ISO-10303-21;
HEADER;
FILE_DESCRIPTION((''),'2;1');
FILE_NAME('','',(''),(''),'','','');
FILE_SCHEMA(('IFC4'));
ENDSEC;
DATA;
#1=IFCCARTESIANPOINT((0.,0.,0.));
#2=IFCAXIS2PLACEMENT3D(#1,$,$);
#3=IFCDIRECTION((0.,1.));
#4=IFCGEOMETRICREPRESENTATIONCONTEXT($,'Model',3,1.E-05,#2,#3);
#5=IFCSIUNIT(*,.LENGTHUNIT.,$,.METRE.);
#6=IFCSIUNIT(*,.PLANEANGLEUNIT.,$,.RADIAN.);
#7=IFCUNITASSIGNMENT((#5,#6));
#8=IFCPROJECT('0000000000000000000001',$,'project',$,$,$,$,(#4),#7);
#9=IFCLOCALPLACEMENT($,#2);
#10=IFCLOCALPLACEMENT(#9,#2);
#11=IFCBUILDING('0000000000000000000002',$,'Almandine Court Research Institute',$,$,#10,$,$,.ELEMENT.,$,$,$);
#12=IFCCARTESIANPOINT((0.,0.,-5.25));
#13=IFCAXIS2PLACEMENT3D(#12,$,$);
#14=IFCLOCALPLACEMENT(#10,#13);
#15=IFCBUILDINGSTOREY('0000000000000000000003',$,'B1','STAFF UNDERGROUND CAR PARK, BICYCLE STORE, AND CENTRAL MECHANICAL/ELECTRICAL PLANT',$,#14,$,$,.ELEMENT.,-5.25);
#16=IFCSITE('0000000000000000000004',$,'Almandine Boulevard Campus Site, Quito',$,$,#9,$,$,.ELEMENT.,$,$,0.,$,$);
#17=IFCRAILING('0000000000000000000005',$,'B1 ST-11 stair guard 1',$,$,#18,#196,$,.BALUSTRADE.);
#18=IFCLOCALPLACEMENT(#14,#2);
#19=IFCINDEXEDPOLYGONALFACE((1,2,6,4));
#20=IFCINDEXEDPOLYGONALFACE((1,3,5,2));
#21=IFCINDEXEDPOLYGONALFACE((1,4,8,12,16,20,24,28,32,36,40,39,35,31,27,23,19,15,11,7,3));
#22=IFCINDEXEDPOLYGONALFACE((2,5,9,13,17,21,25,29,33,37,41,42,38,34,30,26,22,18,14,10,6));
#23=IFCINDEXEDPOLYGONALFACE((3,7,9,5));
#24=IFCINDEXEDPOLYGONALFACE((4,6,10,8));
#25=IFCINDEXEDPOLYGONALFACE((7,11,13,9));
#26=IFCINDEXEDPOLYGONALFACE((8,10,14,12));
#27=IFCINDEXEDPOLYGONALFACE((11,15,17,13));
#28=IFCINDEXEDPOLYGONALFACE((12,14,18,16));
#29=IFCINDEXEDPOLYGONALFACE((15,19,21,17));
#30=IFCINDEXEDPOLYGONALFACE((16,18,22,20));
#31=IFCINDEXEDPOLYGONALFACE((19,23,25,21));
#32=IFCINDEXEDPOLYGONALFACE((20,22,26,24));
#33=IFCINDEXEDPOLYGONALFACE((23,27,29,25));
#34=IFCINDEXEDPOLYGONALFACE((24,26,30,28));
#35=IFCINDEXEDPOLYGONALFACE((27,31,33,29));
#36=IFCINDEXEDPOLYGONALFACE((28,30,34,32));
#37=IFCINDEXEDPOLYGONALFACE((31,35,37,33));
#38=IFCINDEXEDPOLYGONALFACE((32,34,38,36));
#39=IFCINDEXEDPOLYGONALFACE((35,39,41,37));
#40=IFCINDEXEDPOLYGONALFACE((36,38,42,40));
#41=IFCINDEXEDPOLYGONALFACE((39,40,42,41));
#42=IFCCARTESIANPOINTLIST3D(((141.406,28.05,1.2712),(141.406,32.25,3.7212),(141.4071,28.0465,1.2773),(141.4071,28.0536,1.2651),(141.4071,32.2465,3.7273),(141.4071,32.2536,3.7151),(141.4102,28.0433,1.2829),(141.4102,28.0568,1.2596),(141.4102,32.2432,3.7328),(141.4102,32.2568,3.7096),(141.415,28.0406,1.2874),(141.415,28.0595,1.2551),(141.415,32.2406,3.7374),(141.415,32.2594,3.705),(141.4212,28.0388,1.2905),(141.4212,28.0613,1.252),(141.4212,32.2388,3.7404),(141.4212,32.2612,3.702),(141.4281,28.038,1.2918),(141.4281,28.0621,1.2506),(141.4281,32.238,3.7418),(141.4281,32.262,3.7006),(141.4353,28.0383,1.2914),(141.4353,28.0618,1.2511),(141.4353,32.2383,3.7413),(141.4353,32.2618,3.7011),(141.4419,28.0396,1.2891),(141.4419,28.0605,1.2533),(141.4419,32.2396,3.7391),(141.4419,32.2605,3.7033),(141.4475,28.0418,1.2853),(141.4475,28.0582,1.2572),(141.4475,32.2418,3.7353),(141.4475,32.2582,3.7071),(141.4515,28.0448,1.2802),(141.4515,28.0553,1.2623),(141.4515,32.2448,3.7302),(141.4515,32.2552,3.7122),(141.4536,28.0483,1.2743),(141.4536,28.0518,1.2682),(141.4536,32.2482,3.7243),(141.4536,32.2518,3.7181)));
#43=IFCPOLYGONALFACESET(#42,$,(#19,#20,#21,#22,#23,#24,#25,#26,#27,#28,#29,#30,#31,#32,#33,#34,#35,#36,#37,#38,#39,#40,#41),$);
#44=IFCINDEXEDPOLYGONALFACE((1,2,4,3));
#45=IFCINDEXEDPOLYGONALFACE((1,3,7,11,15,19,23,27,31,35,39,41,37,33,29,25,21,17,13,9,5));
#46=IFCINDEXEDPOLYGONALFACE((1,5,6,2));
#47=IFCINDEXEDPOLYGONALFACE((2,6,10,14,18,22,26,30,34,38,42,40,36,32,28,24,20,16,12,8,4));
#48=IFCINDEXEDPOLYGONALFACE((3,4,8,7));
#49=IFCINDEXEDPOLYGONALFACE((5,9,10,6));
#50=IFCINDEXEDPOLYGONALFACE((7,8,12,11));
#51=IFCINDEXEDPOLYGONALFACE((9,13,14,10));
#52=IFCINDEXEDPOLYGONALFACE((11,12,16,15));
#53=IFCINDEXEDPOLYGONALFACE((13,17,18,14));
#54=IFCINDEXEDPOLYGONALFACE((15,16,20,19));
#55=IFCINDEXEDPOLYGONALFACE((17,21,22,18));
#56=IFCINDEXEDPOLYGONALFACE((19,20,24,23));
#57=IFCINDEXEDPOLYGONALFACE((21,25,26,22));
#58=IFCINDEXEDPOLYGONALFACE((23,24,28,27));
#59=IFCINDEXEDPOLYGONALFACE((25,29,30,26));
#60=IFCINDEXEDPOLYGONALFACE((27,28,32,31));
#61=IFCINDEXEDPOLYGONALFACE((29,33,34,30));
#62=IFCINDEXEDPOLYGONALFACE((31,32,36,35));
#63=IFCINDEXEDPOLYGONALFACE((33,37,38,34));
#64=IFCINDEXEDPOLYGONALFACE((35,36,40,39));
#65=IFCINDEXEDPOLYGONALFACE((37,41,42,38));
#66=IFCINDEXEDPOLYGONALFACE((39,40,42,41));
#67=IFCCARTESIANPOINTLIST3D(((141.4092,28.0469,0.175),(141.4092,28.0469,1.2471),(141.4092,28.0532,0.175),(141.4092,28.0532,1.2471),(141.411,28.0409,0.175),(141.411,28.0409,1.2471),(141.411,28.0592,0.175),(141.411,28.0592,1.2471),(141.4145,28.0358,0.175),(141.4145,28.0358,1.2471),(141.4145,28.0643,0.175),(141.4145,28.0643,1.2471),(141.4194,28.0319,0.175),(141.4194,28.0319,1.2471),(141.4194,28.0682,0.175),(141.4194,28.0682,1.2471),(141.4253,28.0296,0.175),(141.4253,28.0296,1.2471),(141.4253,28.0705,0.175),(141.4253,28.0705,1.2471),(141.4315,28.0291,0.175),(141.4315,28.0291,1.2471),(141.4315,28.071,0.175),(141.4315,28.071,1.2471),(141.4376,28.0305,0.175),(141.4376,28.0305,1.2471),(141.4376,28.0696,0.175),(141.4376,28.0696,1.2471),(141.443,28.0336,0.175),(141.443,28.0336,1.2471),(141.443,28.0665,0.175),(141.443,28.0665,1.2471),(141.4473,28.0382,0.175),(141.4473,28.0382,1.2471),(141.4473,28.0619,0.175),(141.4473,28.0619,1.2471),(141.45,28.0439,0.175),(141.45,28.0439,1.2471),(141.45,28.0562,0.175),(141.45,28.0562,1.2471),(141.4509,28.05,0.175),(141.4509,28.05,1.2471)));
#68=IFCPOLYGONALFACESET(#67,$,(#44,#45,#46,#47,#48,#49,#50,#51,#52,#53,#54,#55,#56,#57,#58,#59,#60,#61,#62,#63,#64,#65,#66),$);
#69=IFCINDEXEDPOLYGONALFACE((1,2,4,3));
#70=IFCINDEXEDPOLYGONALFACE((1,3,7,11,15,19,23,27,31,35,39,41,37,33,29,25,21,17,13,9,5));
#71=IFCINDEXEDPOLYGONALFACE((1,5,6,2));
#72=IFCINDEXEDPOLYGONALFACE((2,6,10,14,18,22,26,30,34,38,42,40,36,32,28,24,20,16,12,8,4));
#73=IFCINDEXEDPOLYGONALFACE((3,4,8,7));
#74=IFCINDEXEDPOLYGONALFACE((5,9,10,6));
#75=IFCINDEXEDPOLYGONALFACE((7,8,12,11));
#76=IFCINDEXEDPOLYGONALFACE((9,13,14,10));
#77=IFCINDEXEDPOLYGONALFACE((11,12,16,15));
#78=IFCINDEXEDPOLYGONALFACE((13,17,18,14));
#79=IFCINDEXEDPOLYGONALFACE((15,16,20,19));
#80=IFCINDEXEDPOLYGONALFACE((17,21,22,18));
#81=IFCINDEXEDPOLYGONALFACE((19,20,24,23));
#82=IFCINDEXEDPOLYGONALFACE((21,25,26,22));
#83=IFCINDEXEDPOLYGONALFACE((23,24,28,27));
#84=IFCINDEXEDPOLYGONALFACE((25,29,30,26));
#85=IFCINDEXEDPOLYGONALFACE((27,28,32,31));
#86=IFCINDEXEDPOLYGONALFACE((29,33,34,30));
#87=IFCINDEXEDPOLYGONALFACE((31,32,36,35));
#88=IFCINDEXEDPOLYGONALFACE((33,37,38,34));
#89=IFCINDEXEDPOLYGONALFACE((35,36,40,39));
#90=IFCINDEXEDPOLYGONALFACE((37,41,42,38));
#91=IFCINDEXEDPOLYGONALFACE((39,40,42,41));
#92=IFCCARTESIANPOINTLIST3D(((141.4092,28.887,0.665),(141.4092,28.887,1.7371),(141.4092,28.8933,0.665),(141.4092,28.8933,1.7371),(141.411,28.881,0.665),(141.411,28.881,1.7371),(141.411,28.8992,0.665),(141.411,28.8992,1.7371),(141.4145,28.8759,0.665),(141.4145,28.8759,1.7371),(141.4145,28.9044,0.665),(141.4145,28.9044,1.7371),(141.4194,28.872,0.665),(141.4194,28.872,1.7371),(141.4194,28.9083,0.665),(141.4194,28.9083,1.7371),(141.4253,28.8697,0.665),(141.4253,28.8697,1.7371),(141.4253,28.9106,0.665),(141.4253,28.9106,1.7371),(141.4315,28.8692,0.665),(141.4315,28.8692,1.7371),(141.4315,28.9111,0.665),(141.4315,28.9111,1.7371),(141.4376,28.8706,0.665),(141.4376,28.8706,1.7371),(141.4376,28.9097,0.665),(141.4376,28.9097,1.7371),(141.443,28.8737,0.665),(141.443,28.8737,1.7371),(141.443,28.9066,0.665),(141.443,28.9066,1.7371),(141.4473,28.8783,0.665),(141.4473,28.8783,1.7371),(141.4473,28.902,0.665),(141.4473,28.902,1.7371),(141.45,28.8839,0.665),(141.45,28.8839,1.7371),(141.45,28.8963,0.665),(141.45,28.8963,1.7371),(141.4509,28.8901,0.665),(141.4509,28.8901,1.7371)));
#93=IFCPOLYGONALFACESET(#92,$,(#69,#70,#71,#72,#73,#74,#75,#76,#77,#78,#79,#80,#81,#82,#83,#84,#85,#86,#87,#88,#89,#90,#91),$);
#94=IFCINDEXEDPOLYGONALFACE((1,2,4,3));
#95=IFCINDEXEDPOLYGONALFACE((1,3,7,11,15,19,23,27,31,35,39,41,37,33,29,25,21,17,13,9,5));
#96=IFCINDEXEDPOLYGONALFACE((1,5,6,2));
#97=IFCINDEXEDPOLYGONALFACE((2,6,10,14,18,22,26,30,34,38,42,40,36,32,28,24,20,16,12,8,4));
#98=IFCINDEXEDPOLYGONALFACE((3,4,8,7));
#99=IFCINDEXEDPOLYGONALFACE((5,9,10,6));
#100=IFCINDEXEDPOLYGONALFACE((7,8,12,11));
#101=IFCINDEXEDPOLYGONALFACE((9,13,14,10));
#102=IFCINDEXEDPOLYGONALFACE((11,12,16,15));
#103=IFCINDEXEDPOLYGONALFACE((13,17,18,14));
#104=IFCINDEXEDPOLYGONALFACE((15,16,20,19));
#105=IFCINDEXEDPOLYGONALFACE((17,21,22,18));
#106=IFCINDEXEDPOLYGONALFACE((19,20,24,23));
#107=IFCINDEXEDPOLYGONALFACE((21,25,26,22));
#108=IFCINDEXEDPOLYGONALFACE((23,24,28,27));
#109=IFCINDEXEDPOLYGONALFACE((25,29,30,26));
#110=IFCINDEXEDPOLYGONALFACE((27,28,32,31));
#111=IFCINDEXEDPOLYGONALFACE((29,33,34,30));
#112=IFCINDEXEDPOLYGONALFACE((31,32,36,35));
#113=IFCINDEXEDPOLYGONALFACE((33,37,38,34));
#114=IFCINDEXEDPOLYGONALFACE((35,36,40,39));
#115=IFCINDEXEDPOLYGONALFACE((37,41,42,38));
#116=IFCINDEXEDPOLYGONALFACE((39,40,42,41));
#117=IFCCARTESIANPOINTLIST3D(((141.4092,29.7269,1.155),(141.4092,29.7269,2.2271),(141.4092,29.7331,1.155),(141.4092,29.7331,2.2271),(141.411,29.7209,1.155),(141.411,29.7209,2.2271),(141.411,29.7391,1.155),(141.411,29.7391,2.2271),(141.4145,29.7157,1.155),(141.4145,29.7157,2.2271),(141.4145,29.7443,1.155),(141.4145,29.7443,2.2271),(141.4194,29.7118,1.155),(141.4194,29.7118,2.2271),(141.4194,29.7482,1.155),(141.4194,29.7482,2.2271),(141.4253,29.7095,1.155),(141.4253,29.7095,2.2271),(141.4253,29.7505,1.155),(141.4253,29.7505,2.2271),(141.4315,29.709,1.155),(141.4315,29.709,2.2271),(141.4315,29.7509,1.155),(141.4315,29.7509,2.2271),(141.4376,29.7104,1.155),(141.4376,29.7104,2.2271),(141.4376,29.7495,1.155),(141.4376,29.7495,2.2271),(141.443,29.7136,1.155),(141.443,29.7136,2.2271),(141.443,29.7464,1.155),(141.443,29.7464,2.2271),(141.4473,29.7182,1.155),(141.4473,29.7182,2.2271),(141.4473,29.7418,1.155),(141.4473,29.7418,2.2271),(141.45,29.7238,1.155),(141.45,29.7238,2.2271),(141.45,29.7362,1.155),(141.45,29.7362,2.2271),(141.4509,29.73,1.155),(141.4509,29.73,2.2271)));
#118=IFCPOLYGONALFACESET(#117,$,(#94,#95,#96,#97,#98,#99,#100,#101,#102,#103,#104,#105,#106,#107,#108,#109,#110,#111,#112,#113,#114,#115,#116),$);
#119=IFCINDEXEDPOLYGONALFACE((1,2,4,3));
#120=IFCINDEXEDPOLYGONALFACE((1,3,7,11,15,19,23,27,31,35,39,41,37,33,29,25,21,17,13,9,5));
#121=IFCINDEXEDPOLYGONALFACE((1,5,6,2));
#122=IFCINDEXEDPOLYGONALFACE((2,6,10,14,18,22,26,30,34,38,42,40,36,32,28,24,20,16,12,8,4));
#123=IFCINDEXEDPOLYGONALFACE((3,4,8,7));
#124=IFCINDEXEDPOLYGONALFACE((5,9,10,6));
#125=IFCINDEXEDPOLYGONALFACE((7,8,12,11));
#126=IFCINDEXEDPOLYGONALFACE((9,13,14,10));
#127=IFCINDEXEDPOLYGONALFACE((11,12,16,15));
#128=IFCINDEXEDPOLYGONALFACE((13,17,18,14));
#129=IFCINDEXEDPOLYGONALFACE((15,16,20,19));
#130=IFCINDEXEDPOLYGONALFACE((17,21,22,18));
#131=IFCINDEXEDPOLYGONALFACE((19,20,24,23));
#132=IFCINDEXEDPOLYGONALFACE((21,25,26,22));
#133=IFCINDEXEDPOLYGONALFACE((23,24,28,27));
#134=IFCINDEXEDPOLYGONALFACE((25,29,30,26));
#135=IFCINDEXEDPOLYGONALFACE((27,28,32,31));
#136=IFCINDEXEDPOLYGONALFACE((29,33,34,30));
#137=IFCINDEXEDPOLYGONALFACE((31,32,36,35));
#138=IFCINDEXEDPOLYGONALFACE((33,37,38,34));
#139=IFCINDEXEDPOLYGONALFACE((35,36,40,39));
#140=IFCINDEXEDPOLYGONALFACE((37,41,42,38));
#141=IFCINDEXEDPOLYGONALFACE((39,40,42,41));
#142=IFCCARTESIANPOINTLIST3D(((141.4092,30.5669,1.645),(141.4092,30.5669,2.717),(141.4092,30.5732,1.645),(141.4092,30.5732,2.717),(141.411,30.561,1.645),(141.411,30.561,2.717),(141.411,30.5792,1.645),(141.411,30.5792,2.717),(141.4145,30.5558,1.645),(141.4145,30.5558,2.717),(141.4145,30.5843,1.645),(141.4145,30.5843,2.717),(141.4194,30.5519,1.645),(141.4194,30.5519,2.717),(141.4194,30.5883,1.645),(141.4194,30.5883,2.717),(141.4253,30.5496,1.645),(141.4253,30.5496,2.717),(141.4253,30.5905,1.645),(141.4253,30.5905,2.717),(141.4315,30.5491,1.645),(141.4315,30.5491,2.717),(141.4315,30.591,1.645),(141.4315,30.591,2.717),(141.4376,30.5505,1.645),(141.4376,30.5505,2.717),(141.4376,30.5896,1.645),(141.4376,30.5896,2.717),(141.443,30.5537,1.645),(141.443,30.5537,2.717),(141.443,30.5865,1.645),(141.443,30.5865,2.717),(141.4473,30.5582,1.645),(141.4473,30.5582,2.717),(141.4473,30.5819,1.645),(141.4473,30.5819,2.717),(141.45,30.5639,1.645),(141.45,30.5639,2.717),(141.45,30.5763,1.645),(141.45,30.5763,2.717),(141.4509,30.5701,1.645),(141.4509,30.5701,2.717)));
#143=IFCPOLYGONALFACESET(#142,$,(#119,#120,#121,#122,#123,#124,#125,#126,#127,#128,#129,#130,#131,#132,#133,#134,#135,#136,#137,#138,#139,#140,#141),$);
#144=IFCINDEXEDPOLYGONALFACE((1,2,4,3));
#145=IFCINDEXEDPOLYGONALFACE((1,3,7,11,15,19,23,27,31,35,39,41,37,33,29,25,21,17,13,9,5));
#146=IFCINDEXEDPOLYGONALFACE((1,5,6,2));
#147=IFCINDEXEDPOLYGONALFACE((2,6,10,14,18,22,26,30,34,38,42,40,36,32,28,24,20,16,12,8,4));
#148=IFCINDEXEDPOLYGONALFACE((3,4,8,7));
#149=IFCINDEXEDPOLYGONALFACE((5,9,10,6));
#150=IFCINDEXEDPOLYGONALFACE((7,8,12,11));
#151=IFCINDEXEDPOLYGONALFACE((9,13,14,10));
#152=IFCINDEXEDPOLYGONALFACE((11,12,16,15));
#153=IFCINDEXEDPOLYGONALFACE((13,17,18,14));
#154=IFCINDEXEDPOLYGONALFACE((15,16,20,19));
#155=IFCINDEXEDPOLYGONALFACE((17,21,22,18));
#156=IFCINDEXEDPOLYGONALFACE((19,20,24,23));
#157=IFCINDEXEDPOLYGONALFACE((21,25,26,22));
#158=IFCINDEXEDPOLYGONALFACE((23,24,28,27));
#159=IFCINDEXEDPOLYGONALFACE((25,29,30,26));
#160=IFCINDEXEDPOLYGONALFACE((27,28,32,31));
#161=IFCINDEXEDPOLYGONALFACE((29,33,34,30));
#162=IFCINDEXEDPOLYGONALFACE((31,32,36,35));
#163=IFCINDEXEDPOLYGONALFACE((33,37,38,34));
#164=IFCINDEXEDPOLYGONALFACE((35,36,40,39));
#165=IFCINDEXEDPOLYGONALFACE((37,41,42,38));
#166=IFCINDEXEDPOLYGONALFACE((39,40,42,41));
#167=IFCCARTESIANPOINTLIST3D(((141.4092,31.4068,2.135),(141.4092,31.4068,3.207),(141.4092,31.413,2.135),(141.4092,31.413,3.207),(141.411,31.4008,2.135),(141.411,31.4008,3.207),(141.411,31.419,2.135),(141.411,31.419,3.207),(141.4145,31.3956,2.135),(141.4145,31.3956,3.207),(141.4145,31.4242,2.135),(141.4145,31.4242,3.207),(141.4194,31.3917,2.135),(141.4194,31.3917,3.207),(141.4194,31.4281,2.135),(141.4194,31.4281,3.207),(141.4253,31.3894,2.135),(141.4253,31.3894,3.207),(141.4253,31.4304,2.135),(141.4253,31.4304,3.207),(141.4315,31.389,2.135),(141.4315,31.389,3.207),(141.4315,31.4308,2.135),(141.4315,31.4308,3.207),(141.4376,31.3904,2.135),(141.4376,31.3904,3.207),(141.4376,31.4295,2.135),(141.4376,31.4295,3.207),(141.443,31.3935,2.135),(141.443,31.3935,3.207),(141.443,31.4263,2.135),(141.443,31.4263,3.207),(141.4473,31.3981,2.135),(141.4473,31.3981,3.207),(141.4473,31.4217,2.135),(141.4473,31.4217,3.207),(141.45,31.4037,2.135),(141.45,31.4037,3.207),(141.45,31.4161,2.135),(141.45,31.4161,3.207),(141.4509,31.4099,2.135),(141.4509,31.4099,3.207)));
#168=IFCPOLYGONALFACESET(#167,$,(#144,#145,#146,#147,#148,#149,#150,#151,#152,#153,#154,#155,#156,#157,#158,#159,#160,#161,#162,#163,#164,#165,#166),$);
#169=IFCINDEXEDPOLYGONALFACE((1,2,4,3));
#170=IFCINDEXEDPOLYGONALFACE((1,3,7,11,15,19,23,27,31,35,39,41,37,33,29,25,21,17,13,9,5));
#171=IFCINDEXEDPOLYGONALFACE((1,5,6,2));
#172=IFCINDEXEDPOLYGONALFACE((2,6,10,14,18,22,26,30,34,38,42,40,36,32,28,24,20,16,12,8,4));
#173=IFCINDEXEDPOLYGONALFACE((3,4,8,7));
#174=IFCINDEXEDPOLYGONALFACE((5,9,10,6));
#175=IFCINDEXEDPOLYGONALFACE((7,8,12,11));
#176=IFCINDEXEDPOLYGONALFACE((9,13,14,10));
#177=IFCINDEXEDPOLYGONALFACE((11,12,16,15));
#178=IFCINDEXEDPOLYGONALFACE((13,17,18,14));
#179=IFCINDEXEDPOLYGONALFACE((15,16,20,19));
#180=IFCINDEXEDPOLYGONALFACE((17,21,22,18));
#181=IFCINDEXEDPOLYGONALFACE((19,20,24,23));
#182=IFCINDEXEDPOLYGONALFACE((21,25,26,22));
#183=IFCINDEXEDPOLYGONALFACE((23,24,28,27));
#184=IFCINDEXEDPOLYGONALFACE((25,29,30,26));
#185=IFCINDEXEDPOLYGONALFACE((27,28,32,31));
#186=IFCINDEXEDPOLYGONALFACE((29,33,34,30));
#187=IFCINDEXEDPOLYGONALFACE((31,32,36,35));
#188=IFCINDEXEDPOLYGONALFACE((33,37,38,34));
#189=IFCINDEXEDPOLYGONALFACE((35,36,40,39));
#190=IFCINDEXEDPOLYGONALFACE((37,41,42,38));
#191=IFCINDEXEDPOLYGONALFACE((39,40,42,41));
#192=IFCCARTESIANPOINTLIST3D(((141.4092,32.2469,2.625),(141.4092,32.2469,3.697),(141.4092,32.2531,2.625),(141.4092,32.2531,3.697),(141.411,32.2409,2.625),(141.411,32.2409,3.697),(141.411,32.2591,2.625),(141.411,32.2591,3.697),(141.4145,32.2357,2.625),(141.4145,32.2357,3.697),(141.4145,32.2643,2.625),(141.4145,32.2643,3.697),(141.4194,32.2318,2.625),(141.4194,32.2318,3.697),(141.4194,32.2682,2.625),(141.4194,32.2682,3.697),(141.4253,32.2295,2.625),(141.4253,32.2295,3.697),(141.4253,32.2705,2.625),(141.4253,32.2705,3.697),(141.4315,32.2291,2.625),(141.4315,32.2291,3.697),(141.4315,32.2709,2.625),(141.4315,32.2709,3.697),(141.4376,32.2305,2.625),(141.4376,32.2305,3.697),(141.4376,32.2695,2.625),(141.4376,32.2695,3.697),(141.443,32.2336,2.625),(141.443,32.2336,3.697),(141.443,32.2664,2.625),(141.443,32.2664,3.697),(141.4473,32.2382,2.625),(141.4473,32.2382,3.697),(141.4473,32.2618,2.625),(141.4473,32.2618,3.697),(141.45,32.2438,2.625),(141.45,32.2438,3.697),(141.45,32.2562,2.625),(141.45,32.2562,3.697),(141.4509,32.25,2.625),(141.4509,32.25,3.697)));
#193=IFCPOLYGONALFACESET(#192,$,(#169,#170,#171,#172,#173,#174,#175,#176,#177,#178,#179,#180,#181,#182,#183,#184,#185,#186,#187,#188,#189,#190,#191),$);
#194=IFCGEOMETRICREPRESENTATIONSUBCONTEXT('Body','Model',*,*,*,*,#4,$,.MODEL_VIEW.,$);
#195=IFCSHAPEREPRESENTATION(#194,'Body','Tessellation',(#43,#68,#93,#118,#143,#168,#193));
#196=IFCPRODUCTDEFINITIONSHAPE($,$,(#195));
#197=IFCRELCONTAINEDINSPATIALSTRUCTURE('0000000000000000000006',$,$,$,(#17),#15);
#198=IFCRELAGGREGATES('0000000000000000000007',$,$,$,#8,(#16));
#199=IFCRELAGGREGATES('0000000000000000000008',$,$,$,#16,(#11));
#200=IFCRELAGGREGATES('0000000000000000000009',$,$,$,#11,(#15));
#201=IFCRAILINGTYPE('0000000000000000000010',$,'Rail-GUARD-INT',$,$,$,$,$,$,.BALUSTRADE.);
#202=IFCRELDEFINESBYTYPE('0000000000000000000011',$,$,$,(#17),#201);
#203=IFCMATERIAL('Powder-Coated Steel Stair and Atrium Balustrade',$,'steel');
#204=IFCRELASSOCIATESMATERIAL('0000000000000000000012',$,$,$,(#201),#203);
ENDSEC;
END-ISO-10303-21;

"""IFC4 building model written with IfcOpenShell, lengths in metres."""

from ifc_helpers import new_model, si_unit, direction, frame, origin, origin_2d, place, context, subcontext, project, spatial, circle, extrude, material, type_object, element, save


model = new_model("IFC4")

# Units and contexts
model_context = context("Model", 3, precision=1e-05, world=origin(), true_north=direction((0.0, 1.0)))
body_context = subcontext(model_context, "Body", "Model", "MODEL_VIEW")
ifc_project = project(units=[si_unit("LENGTHUNIT", "METRE"), si_unit("PLANEANGLEUNIT", "RADIAN")], contexts=[model_context])

# Site, building, storey
site_placement = place(None, origin())
site = spatial("IfcSite", under=ifc_project, at=site_placement, Name="Almandine Boulevard Campus Site, Quito", CompositionType="ELEMENT", RefElevation=0.0)
building_placement = place(site_placement, origin())
building = spatial("IfcBuilding", under=site, at=building_placement, Name="Almandine Court Research Institute", CompositionType="ELEMENT")
storey_placement = place(building_placement, frame((0.0, 0.0, -5.25)))
storey = spatial("IfcBuildingStorey", under=building, at=storey_placement, Name="B1", Description="STAFF UNDERGROUND CAR PARK, BICYCLE STORE, AND CENTRAL MECHANICAL/ELECTRICAL PLANT", CompositionType="ELEMENT", Elevation=-5.25)

# Railing
ifc_material_1 = material(Name="Powder-Coated Steel Stair and Atrium Balustrade", Category="steel")
railing_type_1 = type_object("IfcRailingType", Name="Rail-GUARD-INT", PredefinedType="BALUSTRADE", material=ifc_material_1)
railing_1_placement = place(storey_placement, frame((141.4299, 28.05, 0.175)))
element("IfcRailing", 1, at=railing_1_placement, inside=storey, type_object=railing_type_1, Name="B1 ST-11 stair guard 1", PredefinedType="BALUSTRADE", context=body_context, shape_type="SweptSolid", body=[
    extrude(circle(Radius=0.0239, at=origin_2d()), frame((0.0, 0.0, 1.0962), z_axis=(0.0, 0.863781, 0.503868), x_axis=(-1.0, 0.0, 0.0)), (0.0, 0.0, 1.0), 4.8623),
    extrude(circle(Radius=0.021, at=origin_2d()), origin(), (0.0, 0.0, 1.0), 1.072),
    extrude(circle(Radius=0.021, at=origin_2d()), frame((0.0, 0.8401, 0.49)), (0.0, 0.0, 1.0), 1.072),
    extrude(circle(Radius=0.021, at=origin_2d()), frame((0.0, 1.6799, 0.98)), (0.0, 0.0, 1.0), 1.072),
    extrude(circle(Radius=0.021, at=origin_2d()), frame((0.0, 2.52, 1.47)), (0.0, 0.0, 1.0), 1.072),
    extrude(circle(Radius=0.021, at=origin_2d()), frame((0.0, 3.3599, 1.96)), (0.0, 0.0, 1.0), 1.072),
    extrude(circle(Radius=0.021, at=origin_2d()), frame((0.0, 4.2, 2.45)), (0.0, 0.0, 1.0), 1.072),
])

save(model, "model.ifc")
